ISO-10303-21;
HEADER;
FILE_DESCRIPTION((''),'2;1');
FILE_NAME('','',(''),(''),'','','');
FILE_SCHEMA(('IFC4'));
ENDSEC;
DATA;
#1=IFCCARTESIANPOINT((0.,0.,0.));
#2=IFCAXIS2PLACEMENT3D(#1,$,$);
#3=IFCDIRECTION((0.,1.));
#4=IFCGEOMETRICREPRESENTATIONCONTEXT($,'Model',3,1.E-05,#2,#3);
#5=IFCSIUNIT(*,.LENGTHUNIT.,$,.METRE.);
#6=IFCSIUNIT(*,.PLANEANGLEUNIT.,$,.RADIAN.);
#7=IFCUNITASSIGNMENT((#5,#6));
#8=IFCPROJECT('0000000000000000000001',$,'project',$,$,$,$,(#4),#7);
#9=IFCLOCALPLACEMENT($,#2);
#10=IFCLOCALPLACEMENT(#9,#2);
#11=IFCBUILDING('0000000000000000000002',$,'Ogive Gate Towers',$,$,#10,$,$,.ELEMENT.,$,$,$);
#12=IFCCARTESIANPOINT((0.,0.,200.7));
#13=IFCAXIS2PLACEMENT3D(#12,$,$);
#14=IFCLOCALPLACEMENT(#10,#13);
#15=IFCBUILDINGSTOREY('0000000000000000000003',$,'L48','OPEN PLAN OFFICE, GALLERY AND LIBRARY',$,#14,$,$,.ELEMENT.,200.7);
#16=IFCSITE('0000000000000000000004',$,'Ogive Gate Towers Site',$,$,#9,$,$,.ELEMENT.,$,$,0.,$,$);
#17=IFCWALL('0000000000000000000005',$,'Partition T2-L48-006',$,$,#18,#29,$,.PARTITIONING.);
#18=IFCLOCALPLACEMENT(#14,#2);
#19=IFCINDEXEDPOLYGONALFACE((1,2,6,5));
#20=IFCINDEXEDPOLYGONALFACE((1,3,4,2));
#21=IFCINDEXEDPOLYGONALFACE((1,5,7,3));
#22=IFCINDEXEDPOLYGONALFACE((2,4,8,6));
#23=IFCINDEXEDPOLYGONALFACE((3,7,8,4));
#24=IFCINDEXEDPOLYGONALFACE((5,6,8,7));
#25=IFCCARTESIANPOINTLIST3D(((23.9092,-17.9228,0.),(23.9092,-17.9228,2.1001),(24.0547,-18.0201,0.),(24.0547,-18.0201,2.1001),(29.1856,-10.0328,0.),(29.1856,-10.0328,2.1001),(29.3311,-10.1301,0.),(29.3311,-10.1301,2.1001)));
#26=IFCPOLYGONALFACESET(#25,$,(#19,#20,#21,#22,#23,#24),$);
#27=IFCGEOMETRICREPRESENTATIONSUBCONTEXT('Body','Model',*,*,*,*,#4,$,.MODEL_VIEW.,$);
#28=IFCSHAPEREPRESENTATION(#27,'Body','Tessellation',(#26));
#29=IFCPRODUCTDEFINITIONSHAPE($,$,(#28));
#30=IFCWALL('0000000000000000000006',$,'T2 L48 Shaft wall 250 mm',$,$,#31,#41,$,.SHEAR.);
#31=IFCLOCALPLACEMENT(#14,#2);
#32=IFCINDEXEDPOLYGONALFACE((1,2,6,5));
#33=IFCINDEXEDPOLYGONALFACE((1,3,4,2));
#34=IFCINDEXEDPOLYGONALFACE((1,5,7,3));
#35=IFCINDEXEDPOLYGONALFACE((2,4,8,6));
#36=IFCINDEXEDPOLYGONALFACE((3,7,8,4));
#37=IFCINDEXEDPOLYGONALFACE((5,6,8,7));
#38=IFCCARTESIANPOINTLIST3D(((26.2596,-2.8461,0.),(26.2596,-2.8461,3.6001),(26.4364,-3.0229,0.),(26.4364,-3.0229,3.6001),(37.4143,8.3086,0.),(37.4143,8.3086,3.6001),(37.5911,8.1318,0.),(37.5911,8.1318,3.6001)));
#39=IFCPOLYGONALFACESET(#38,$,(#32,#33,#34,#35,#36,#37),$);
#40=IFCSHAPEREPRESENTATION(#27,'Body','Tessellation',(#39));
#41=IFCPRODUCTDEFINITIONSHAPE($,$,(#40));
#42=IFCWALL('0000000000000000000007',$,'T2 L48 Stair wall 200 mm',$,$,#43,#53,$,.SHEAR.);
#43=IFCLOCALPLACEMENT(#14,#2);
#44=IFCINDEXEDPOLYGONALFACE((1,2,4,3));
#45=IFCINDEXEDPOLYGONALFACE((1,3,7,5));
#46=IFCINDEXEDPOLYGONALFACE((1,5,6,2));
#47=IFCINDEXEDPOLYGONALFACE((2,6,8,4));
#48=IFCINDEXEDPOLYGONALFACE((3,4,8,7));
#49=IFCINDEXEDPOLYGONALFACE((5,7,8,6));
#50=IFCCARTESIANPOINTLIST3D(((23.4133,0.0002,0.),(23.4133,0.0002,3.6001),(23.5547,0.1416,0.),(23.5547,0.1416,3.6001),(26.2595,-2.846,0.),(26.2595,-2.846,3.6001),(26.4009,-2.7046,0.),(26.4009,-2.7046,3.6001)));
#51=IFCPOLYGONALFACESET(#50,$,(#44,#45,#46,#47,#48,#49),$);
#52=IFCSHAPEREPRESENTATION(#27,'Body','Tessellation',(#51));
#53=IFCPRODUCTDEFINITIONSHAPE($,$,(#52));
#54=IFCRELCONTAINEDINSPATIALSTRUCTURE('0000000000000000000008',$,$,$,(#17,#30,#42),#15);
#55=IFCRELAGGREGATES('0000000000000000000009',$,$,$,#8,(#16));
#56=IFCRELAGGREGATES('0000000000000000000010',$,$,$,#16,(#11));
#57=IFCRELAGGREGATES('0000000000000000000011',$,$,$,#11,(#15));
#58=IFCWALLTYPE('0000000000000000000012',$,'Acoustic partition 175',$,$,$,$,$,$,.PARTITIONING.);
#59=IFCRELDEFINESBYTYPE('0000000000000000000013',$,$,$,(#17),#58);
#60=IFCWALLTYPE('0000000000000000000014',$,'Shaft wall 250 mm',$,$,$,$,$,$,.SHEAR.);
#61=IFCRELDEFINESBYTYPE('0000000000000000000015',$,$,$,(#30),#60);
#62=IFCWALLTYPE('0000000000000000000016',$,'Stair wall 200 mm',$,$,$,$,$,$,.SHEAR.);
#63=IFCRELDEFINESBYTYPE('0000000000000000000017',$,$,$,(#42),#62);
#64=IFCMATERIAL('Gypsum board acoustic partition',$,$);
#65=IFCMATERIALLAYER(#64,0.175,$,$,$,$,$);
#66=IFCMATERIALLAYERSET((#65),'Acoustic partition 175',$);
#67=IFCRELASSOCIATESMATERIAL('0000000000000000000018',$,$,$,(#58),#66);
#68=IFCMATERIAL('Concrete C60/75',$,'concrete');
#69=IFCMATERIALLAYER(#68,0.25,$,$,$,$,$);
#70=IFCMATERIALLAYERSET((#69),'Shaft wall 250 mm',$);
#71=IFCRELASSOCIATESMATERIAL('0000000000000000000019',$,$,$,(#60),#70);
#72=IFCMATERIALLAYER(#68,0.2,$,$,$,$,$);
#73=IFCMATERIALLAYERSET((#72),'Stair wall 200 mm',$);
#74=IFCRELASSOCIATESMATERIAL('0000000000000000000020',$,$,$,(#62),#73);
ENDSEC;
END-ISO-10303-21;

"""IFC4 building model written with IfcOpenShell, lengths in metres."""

from ifc_helpers import new_model, si_unit, direction, frame, frame_2d, origin, place, context, subcontext, project, spatial, rectangle, extrude, material, layer, layer_set, type_object, element, save


model = new_model("IFC4")

# Units and contexts
model_context = context("Model", 3, precision=1e-05, world=origin(), true_north=direction((0.0, 1.0)))
body_context = subcontext(model_context, "Body", "Model", "MODEL_VIEW")
ifc_project = project(units=[si_unit("LENGTHUNIT", "METRE"), si_unit("PLANEANGLEUNIT", "RADIAN")], contexts=[model_context])

# Site, building, storey
site_placement = place(None, origin())
site = spatial("IfcSite", under=ifc_project, at=site_placement, Name="Ogive Gate Towers Site", CompositionType="ELEMENT", RefElevation=0.0)
building_placement = place(site_placement, origin())
building = spatial("IfcBuilding", under=site, at=building_placement, Name="Ogive Gate Towers", CompositionType="ELEMENT")
storey_placement = place(building_placement, frame((0.0, 0.0, 200.7)))
storey = spatial("IfcBuildingStorey", under=building, at=storey_placement, Name="L48", Description="OPEN PLAN OFFICE, GALLERY AND LIBRARY", CompositionType="ELEMENT", Elevation=200.7)

# Walls
ifc_material_1 = material(Name="Gypsum board acoustic partition")
ifc_layer_1 = layer(ifc_material_1, 0.175)
ifc_layer_set_1 = layer_set([ifc_layer_1], Name="Acoustic partition 175")
wall_type_1 = type_object("IfcWallType", Name="Acoustic partition 175", PredefinedType="PARTITIONING", material=ifc_layer_set_1)
wall_1_placement = place(storey_placement, frame((23.9819, -17.9714, 0.0), z_axis=(0.0, 0.0, 1.0), x_axis=(0.555899, 0.83125, 0.0)))
element("IfcWall", 1, at=wall_1_placement, inside=storey, type_object=wall_type_1, Name="Partition T2-L48-006", PredefinedType="PARTITIONING", context=body_context, shape_type="SweptSolid", body=[
    extrude(rectangle(XDim=9.4917, YDim=0.175, at=frame_2d((4.7458, 0.0))), origin(), (0.0, 0.0, 1.0), 2.1001),
])
ifc_material_2 = material(Name="Concrete C60/75", Category="concrete")
ifc_layer_2 = layer(ifc_material_2, 0.25)
ifc_layer_set_2 = layer_set([ifc_layer_2], Name="Shaft wall 250 mm")
wall_type_2 = type_object("IfcWallType", Name="Shaft wall 250 mm", PredefinedType="SHEAR", material=ifc_layer_set_2)
wall_2_placement = place(storey_placement, frame((26.3479, -2.9346, 0.0), z_axis=(0.0, 0.0, 1.0), x_axis=(0.707107, 0.707107, 0.0)))
element("IfcWall", 2, at=wall_2_placement, inside=storey, type_object=wall_type_2, Name="T2 L48 Shaft wall 250 mm", PredefinedType="SHEAR", context=body_context, shape_type="SweptSolid", body=[
    extrude(rectangle(XDim=15.7751, YDim=0.25, at=frame_2d((7.8877, 0.0))), origin(), (0.0, 0.0, 1.0), 3.6001),
])
ifc_layer_3 = layer(ifc_material_2, 0.2)
ifc_layer_set_3 = layer_set([ifc_layer_3], Name="Stair wall 200 mm")
wall_type_3 = type_object("IfcWallType", Name="Stair wall 200 mm", PredefinedType="SHEAR", material=ifc_layer_set_3)
wall_3_placement = place(storey_placement, frame((26.3303, -2.7754, 0.0), z_axis=(0.0, 0.0, 1.0), x_axis=(-0.707107, 0.707107, 0.0)))
element("IfcWall", 3, at=wall_3_placement, inside=storey, type_object=wall_type_3, Name="T2 L48 Stair wall 200 mm", PredefinedType="SHEAR", context=body_context, shape_type="SweptSolid", body=[
    extrude(rectangle(XDim=4.0251, YDim=0.2, at=frame_2d((2.0127, 0.0))), origin(), (0.0, 0.0, 1.0), 3.6001),
])

save(model, "model.ifc")
